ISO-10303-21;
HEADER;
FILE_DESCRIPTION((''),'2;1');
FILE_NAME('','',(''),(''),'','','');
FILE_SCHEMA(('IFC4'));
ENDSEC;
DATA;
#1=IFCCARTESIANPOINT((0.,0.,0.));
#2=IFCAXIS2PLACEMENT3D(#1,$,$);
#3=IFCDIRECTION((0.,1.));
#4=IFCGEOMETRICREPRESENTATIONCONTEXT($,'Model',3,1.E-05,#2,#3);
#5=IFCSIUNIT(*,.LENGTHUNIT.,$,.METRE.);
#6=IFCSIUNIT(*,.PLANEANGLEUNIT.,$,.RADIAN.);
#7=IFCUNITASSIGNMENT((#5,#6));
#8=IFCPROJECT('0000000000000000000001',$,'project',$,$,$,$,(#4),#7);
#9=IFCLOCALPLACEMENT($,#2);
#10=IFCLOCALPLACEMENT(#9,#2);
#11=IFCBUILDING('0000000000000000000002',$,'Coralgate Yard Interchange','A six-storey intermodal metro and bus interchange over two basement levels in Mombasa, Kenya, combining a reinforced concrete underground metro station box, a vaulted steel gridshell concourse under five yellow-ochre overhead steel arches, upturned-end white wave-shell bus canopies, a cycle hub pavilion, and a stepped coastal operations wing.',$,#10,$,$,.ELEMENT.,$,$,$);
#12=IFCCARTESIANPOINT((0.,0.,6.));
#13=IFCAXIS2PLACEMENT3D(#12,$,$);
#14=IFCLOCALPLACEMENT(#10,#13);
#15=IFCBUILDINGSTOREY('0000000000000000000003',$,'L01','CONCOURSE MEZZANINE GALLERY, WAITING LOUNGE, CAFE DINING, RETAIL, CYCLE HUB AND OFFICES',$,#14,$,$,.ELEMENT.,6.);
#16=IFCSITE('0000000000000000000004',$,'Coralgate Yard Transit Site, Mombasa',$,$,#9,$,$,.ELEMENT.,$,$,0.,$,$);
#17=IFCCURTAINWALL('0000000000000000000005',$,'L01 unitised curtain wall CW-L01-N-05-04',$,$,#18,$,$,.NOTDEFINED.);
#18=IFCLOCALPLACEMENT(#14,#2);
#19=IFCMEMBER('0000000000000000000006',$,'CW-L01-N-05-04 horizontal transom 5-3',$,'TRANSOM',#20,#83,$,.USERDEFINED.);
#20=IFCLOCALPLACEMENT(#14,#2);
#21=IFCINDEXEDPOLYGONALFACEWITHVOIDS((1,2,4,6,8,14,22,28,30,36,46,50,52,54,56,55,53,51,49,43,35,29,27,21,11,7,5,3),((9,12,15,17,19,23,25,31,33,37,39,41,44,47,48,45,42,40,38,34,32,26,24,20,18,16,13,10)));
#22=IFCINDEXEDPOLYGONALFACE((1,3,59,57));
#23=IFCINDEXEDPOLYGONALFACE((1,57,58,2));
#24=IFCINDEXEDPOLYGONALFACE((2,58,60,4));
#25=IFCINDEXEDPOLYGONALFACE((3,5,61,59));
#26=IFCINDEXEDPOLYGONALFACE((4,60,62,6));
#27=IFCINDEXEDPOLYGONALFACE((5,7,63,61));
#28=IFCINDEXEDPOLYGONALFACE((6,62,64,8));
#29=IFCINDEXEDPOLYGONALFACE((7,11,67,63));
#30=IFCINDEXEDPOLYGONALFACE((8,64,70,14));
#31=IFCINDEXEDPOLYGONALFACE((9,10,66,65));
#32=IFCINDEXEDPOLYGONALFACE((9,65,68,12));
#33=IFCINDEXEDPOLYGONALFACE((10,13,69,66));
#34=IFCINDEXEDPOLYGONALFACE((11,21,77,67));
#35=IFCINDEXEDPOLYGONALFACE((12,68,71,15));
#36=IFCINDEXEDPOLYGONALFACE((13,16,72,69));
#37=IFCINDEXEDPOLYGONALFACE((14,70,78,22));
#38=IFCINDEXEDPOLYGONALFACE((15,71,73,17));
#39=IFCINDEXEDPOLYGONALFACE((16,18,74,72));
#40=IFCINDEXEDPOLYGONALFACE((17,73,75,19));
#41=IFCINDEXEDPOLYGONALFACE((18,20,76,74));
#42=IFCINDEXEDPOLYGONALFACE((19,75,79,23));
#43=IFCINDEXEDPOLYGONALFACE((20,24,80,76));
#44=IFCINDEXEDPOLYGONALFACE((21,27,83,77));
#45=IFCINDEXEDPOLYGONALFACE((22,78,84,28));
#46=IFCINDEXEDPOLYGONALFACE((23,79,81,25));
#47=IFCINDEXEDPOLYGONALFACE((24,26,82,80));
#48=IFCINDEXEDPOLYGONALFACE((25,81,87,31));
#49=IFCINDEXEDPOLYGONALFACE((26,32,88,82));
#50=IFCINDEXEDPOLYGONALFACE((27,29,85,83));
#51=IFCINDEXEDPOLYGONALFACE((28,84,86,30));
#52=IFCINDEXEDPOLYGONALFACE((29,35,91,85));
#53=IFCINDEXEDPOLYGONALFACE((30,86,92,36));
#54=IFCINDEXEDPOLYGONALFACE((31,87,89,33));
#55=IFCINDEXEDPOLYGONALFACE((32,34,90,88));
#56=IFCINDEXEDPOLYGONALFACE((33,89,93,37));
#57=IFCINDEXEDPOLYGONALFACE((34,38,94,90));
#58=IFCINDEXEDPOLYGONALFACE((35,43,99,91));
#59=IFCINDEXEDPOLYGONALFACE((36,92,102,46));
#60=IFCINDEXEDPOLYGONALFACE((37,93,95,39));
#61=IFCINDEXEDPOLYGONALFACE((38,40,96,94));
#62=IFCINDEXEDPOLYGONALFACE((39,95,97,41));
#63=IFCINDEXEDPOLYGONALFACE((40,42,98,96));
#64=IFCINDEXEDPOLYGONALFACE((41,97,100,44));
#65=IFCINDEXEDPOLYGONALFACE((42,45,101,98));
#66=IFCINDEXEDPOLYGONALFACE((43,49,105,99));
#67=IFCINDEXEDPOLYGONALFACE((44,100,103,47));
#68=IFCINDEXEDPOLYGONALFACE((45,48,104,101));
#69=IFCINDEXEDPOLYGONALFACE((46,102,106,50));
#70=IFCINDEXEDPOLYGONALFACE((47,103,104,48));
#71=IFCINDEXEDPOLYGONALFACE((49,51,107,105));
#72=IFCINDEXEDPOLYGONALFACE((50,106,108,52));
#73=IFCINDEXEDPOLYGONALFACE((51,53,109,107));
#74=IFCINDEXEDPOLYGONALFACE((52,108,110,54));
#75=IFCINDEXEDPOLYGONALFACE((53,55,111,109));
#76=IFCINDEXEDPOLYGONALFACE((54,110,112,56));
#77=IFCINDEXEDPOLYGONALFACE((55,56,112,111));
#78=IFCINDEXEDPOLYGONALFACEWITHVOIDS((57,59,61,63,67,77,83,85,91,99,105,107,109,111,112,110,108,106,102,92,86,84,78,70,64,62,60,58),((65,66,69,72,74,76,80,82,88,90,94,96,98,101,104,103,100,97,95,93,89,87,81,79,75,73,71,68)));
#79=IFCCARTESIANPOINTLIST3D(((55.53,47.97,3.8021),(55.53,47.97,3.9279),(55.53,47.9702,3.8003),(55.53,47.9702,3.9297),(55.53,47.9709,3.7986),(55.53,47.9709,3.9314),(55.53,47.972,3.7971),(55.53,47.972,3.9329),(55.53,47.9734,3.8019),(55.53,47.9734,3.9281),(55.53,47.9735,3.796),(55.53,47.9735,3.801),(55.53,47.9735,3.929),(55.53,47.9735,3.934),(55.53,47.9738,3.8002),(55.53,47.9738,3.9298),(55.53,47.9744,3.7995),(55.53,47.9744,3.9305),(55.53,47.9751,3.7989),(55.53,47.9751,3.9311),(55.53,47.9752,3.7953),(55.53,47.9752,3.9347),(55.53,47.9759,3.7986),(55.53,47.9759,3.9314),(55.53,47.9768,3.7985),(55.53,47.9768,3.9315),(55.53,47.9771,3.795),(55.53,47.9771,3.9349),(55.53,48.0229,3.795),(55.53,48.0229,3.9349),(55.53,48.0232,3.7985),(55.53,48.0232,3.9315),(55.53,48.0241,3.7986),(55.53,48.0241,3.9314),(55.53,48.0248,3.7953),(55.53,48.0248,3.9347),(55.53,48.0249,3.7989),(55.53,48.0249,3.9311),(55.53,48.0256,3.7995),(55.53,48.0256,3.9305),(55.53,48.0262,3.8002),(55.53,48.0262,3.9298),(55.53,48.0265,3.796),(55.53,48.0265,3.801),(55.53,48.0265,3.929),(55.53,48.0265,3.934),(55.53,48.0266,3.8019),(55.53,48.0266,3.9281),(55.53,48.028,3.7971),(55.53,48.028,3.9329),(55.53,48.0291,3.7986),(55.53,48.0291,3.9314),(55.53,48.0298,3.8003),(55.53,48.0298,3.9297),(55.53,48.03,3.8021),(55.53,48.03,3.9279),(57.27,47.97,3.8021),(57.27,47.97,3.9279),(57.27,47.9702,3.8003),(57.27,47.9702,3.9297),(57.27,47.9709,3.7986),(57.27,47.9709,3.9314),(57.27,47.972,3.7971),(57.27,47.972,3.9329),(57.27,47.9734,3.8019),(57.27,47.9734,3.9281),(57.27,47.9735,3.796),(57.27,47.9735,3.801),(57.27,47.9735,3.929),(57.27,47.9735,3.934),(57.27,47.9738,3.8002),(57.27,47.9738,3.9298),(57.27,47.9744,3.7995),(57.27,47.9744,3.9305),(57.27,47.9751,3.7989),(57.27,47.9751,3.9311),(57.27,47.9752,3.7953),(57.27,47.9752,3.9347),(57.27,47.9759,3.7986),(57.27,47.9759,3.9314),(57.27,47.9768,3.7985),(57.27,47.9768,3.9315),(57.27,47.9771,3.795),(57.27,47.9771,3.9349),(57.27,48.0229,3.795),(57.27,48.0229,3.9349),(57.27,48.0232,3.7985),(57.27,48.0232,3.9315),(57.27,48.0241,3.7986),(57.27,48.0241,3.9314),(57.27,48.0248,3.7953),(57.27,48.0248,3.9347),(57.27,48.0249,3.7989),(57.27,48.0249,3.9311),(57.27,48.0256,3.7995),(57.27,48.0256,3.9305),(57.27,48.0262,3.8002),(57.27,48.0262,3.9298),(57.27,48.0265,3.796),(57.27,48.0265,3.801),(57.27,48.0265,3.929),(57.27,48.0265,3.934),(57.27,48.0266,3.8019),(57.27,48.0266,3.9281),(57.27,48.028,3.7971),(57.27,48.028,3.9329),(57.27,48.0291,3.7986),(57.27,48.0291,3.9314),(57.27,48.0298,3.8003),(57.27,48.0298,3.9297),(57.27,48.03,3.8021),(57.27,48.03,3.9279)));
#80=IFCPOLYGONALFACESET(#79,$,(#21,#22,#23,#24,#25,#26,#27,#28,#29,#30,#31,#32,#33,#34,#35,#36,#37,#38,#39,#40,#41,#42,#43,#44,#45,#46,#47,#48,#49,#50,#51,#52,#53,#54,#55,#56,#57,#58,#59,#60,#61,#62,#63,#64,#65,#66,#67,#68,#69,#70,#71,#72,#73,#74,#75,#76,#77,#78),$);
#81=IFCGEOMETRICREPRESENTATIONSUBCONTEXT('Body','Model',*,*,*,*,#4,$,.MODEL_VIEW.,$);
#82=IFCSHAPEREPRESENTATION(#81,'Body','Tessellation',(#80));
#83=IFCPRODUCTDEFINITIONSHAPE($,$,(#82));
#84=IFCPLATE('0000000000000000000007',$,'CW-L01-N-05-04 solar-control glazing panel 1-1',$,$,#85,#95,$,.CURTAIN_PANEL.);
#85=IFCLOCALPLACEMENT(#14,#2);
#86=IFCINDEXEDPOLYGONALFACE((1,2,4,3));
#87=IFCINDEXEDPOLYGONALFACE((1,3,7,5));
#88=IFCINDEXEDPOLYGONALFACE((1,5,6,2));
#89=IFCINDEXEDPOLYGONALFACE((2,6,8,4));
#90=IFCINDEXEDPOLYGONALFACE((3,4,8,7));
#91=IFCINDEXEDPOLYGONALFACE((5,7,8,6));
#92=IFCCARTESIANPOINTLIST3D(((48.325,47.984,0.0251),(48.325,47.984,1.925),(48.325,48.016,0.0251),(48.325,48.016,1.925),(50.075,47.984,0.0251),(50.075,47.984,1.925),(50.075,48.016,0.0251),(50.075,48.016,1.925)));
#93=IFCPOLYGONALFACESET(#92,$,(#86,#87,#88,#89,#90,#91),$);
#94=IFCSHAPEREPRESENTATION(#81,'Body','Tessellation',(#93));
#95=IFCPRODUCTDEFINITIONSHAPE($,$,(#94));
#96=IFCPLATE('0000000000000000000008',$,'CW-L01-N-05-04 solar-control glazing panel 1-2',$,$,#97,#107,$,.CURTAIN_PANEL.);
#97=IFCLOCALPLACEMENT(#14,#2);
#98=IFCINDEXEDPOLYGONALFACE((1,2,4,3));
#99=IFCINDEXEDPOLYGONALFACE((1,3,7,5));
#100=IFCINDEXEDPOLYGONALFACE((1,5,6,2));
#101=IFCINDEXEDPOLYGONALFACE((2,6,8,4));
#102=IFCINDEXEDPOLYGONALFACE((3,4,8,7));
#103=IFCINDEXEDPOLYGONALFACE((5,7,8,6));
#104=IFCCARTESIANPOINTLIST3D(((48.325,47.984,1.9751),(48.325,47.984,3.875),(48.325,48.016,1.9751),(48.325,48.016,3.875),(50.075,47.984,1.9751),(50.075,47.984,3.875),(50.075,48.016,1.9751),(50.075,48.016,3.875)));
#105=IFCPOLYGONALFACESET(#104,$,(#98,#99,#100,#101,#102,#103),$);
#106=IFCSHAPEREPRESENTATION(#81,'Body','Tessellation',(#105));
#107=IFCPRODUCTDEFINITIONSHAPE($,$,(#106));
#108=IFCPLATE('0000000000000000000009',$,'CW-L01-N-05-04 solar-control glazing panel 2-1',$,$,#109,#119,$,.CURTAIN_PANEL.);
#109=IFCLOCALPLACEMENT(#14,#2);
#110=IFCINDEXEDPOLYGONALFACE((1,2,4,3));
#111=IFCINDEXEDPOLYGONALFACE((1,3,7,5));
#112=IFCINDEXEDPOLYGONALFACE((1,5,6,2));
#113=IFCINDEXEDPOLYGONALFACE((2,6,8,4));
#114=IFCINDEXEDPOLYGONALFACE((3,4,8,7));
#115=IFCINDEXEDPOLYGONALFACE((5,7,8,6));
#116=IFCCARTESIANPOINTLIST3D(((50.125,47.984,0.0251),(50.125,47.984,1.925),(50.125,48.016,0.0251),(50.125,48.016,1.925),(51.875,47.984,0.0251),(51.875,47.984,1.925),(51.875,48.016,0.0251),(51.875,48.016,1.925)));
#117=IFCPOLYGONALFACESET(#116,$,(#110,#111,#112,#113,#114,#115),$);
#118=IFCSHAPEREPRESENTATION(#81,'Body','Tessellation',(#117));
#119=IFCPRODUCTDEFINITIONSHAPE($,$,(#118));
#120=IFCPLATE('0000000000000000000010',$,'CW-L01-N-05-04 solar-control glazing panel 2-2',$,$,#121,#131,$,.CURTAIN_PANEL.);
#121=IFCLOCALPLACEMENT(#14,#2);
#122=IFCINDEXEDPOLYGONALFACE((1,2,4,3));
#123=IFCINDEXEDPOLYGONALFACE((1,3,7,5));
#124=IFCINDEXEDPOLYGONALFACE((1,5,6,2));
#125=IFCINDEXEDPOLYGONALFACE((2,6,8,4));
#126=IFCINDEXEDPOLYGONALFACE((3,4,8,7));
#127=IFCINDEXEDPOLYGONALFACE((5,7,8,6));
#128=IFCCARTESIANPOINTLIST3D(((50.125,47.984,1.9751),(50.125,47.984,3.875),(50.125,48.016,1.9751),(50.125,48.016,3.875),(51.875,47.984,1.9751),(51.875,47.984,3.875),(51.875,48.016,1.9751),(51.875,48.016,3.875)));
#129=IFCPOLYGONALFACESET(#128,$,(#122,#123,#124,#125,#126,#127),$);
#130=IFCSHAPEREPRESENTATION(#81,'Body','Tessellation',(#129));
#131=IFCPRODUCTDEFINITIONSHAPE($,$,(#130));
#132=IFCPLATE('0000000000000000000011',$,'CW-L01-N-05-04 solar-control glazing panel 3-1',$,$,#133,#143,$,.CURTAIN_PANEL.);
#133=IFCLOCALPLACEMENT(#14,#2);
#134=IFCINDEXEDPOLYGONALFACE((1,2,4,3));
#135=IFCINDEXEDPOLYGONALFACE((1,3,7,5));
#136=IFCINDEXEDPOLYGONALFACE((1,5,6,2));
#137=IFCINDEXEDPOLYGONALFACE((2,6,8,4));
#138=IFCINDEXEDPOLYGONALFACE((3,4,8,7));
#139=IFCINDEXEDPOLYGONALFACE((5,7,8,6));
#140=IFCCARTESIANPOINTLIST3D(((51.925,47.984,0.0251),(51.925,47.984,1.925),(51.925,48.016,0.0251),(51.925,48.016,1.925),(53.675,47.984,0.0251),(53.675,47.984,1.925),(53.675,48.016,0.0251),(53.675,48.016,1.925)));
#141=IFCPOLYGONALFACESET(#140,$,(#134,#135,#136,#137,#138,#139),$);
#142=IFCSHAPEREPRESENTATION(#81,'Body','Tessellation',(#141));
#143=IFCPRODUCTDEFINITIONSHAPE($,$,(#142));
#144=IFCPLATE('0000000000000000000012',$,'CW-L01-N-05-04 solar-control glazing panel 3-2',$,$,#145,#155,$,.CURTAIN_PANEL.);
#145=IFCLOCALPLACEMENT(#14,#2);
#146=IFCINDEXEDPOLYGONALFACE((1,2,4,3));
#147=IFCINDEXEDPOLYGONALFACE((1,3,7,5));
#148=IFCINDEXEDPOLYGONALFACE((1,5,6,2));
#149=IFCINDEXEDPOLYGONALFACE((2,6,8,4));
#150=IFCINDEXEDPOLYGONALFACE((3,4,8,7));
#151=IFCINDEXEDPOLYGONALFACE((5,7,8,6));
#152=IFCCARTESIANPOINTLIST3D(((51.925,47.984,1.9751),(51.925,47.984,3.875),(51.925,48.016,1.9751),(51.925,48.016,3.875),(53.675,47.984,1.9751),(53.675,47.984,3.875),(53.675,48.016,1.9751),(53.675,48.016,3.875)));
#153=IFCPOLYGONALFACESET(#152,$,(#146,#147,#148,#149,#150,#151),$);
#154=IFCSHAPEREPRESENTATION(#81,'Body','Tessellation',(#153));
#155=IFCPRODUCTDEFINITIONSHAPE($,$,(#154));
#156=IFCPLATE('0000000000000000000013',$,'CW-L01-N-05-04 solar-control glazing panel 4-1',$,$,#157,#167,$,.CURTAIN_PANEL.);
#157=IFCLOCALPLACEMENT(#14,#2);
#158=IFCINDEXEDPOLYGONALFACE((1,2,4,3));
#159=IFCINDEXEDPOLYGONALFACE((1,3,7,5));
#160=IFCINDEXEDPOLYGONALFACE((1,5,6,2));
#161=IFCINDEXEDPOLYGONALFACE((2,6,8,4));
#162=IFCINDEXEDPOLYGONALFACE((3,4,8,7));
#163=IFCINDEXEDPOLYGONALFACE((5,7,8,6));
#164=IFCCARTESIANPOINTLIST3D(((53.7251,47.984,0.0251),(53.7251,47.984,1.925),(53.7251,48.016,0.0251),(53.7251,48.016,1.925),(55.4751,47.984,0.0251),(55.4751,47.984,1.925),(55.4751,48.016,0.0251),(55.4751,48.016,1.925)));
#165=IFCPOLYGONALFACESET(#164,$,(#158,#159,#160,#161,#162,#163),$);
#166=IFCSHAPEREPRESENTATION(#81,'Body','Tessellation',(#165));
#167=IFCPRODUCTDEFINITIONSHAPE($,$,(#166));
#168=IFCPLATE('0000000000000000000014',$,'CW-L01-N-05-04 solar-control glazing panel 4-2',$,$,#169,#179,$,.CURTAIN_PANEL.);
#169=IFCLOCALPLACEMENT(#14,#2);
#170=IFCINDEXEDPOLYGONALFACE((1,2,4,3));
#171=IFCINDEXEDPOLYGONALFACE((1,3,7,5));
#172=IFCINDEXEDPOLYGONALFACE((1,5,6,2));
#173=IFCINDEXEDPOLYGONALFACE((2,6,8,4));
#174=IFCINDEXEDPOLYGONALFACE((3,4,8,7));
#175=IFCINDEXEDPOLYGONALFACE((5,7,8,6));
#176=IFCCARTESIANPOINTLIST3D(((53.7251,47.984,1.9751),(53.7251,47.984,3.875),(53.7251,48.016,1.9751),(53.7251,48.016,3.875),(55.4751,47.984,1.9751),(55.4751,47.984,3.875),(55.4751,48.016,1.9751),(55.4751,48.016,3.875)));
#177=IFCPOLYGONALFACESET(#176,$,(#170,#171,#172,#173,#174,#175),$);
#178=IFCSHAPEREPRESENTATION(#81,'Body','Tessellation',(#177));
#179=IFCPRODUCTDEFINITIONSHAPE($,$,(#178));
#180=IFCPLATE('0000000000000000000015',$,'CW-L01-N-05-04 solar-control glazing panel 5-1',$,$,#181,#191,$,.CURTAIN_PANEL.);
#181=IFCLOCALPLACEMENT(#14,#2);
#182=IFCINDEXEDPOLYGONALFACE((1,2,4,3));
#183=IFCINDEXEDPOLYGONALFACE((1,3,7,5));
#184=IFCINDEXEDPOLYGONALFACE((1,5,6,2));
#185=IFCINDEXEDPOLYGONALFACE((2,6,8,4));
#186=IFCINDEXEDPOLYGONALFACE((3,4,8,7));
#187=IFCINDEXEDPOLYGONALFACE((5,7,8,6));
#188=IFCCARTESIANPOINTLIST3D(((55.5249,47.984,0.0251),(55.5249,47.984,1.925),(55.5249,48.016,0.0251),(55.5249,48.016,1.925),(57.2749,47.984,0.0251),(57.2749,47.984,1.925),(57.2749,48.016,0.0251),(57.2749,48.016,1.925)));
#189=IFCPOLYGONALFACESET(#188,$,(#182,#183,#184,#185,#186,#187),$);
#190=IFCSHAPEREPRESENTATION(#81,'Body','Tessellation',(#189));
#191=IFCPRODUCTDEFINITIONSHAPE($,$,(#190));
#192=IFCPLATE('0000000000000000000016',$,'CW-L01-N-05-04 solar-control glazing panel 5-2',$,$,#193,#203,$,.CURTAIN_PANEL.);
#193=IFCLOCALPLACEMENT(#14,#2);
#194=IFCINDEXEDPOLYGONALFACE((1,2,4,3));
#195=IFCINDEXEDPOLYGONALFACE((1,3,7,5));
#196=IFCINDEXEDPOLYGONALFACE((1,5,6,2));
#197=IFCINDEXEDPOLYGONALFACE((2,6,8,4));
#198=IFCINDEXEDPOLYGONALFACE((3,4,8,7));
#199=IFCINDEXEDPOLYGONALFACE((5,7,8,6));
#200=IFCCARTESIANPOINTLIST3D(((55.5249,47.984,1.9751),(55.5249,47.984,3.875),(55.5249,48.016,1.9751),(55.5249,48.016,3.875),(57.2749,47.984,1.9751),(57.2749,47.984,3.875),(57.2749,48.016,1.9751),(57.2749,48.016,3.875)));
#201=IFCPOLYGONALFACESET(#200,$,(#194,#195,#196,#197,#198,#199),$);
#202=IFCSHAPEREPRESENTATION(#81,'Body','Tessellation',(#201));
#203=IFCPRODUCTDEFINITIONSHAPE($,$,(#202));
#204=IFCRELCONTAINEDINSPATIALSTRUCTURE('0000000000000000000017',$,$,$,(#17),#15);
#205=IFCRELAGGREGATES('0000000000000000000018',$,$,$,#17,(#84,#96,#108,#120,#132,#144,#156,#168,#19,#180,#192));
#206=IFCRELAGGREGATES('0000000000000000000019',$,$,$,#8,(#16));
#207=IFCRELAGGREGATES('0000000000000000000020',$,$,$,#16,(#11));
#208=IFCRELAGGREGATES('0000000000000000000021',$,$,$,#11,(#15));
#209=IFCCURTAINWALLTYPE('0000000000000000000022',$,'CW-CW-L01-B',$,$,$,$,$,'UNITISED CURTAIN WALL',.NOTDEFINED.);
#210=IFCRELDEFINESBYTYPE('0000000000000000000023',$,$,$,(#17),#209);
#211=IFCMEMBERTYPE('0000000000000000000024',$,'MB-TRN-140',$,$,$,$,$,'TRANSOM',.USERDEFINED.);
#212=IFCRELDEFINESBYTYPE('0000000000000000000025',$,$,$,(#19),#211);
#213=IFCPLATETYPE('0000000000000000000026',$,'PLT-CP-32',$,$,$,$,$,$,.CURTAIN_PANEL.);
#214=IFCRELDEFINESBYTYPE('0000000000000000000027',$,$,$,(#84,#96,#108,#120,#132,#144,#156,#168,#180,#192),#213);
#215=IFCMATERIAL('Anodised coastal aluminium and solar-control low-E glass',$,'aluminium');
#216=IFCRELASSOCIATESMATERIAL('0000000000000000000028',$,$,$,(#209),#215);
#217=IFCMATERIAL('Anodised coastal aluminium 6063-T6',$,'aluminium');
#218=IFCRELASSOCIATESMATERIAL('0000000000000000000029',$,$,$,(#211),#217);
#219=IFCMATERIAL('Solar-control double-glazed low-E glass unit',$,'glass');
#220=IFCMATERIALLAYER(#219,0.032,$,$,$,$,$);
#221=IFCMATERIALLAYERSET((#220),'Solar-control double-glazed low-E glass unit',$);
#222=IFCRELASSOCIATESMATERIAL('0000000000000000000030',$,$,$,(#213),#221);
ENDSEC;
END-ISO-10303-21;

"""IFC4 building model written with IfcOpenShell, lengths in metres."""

from ifc_helpers import new_model, si_unit, direction, frame, origin, origin_2d, place, context, subcontext, project, spatial, rectangle, hollow_rectangle, extrude, material, layer, layer_set, material_profile, profile_set, type_object, element, aggregate, save


model = new_model("IFC4")

# Units and contexts
model_context = context("Model", 3, precision=1e-05, world=origin(), true_north=direction((0.0, 1.0)))
body_context = subcontext(model_context, "Body", "Model", "MODEL_VIEW")
ifc_project = project(units=[si_unit("LENGTHUNIT", "METRE"), si_unit("PLANEANGLEUNIT", "RADIAN")], contexts=[model_context])

# Site, building, storey
site_placement = place(None, origin())
site = spatial("IfcSite", under=ifc_project, at=site_placement, Name="Coralgate Yard Transit Site, Mombasa", CompositionType="ELEMENT", RefElevation=0.0)
building_placement = place(site_placement, origin())
building = spatial("IfcBuilding", under=site, at=building_placement, Name="Coralgate Yard Interchange", Description="A six-storey intermodal metro and bus interchange over two basement levels in Mombasa, Kenya, combining a reinforced concrete underground metro station box, a vaulted steel gridshell concourse under five yellow-ochre overhead steel arches, upturned-end white wave-shell bus canopies, a cycle hub pavilion, and a stepped coastal operations wing.", CompositionType="ELEMENT")
storey_placement = place(building_placement, frame((0.0, 0.0, 6.0)))
storey = spatial("IfcBuildingStorey", under=building, at=storey_placement, Name="L01", Description="CONCOURSE MEZZANINE GALLERY, WAITING LOUNGE, CAFE DINING, RETAIL, CYCLE HUB AND OFFICES", CompositionType="ELEMENT", Elevation=6.0)

# Curtain wall, member, plates
ifc_material_1 = material(Name="Anodised coastal aluminium and solar-control low-E glass", Category="aluminium")
curtain_wall_type = type_object("IfcCurtainWallType", Name="CW-CW-L01-B", ElementType="UNITISED CURTAIN WALL", PredefinedType="NOTDEFINED", material=ifc_material_1)
curtain_wall_placement = place(storey_placement, origin())
curtain_wall = element("IfcCurtainWall", 1, at=curtain_wall_placement, inside=storey, type_object=curtain_wall_type, Name="L01 unitised curtain wall CW-L01-N-05-04", PredefinedType="NOTDEFINED")
ifc_material_2 = material(Name="Anodised coastal aluminium 6063-T6", Category="aluminium")
ifc_material_profile_1 = material_profile(ifc_material_2, hollow_rectangle(XDim=0.0601, YDim=0.1399, WallThickness=0.0034, InnerFilletRadius=0.0034, OuterFilletRadius=0.0071, at=origin_2d()), Name="ALU 60x140x3.5")
ifc_profile_set_1 = profile_set([ifc_material_profile_1], Name="Anodised coastal aluminium 6063-T6")
member_type_1 = type_object("IfcMemberType", Name="MB-TRN-140", ElementType="TRANSOM", PredefinedType="USERDEFINED", material=ifc_profile_set_1)
member_1_placement = place(storey_placement, frame((55.53, 48.0, 3.865), z_axis=(1.0, 0.0, 0.0), x_axis=(0.0, 1.0, 0.0)))
member_1 = element("IfcMember", 2, at=member_1_placement, type_object=member_type_1, Name="CW-L01-N-05-04 horizontal transom 5-3", ObjectType="TRANSOM", PredefinedType="USERDEFINED", context=body_context, shape_type="SweptSolid", body=[
    extrude(hollow_rectangle(XDim=0.0601, YDim=0.1399, WallThickness=0.0034, InnerFilletRadius=0.0034, OuterFilletRadius=0.0071, at=origin_2d()), origin(), (0.0, 0.0, 1.0), 1.74),
])
ifc_material_3 = material(Name="Solar-control double-glazed low-E glass unit", Category="glass")
ifc_layer = layer(ifc_material_3, 0.032)
ifc_layer_set = layer_set([ifc_layer], Name="Solar-control double-glazed low-E glass unit")
plate_type = type_object("IfcPlateType", Name="PLT-CP-32", PredefinedType="CURTAIN_PANEL", material=ifc_layer_set)
plate_1_placement = place(storey_placement, frame((49.2, 48.0, 0.0251), z_axis=(0.0, 0.0, 1.0), x_axis=(1.0, 0.0, 0.0)))
plate_1 = element("IfcPlate", 3, at=plate_1_placement, type_object=plate_type, Name="CW-L01-N-05-04 solar-control glazing panel 1-1", PredefinedType="CURTAIN_PANEL", context=body_context, shape_type="SweptSolid", body=[
    extrude(rectangle(XDim=1.75, YDim=0.032, at=origin_2d()), origin(), (0.0, 0.0, 1.0), 1.8999),
])
plate_2_placement = place(storey_placement, frame((49.2, 48.0, 1.9751), z_axis=(0.0, 0.0, 1.0), x_axis=(1.0, 0.0, 0.0)))
plate_2 = element("IfcPlate", 4, at=plate_2_placement, type_object=plate_type, Name="CW-L01-N-05-04 solar-control glazing panel 1-2", PredefinedType="CURTAIN_PANEL", context=body_context, shape_type="SweptSolid", body=[
    extrude(rectangle(XDim=1.75, YDim=0.032, at=origin_2d()), origin(), (0.0, 0.0, 1.0), 1.8999),
])
plate_3_placement = place(storey_placement, frame((51.0, 48.0, 0.0251), z_axis=(0.0, 0.0, 1.0), x_axis=(1.0, 0.0, 0.0)))
plate_3 = element("IfcPlate", 5, at=plate_3_placement, type_object=plate_type, Name="CW-L01-N-05-04 solar-control glazing panel 2-1", PredefinedType="CURTAIN_PANEL", context=body_context, shape_type="SweptSolid", body=[
    extrude(rectangle(XDim=1.75, YDim=0.032, at=origin_2d()), origin(), (0.0, 0.0, 1.0), 1.8999),
])
plate_4_placement = place(storey_placement, frame((51.0, 48.0, 1.9751), z_axis=(0.0, 0.0, 1.0), x_axis=(1.0, 0.0, 0.0)))
plate_4 = element("IfcPlate", 6, at=plate_4_placement, type_object=plate_type, Name="CW-L01-N-05-04 solar-control glazing panel 2-2", PredefinedType="CURTAIN_PANEL", context=body_context, shape_type="SweptSolid", body=[
    extrude(rectangle(XDim=1.75, YDim=0.032, at=origin_2d()), origin(), (0.0, 0.0, 1.0), 1.8999),
])
plate_5_placement = place(storey_placement, frame((52.8, 48.0, 0.0251), z_axis=(0.0, 0.0, 1.0), x_axis=(1.0, 0.0, 0.0)))
plate_5 = element("IfcPlate", 7, at=plate_5_placement, type_object=plate_type, Name="CW-L01-N-05-04 solar-control glazing panel 3-1", PredefinedType="CURTAIN_PANEL", context=body_context, shape_type="SweptSolid", body=[
    extrude(rectangle(XDim=1.75, YDim=0.032, at=origin_2d()), origin(), (0.0, 0.0, 1.0), 1.8999),
])
plate_6_placement = place(storey_placement, frame((52.8, 48.0, 1.9751), z_axis=(0.0, 0.0, 1.0), x_axis=(1.0, 0.0, 0.0)))
plate_6 = element("IfcPlate", 8, at=plate_6_placement, type_object=plate_type, Name="CW-L01-N-05-04 solar-control glazing panel 3-2", PredefinedType="CURTAIN_PANEL", context=body_context, shape_type="SweptSolid", body=[
    extrude(rectangle(XDim=1.75, YDim=0.032, at=origin_2d()), origin(), (0.0, 0.0, 1.0), 1.8999),
])
plate_7_placement = place(storey_placement, frame((54.6001, 48.0, 0.0251), z_axis=(0.0, 0.0, 1.0), x_axis=(1.0, 0.0, 0.0)))
plate_7 = element("IfcPlate", 9, at=plate_7_placement, type_object=plate_type, Name="CW-L01-N-05-04 solar-control glazing panel 4-1", PredefinedType="CURTAIN_PANEL", context=body_context, shape_type="SweptSolid", body=[
    extrude(rectangle(XDim=1.75, YDim=0.032, at=origin_2d()), origin(), (0.0, 0.0, 1.0), 1.8999),
])
plate_8_placement = place(storey_placement, frame((54.6001, 48.0, 1.9751), z_axis=(0.0, 0.0, 1.0), x_axis=(1.0, 0.0, 0.0)))
plate_8 = element("IfcPlate", 10, at=plate_8_placement, type_object=plate_type, Name="CW-L01-N-05-04 solar-control glazing panel 4-2", PredefinedType="CURTAIN_PANEL", context=body_context, shape_type="SweptSolid", body=[
    extrude(rectangle(XDim=1.75, YDim=0.032, at=origin_2d()), origin(), (0.0, 0.0, 1.0), 1.8999),
])
plate_9_placement = place(storey_placement, frame((56.3999, 48.0, 0.0251), z_axis=(0.0, 0.0, 1.0), x_axis=(1.0, 0.0, 0.0)))
plate_9 = element("IfcPlate", 11, at=plate_9_placement, type_object=plate_type, Name="CW-L01-N-05-04 solar-control glazing panel 5-1", PredefinedType="CURTAIN_PANEL", context=body_context, shape_type="SweptSolid", body=[
    extrude(rectangle(XDim=1.75, YDim=0.032, at=origin_2d()), origin(), (0.0, 0.0, 1.0), 1.8999),
])
plate_10_placement = place(storey_placement, frame((56.3999, 48.0, 1.9751), z_axis=(0.0, 0.0, 1.0), x_axis=(1.0, 0.0, 0.0)))
plate_10 = element("IfcPlate", 12, at=plate_10_placement, type_object=plate_type, Name="CW-L01-N-05-04 solar-control glazing panel 5-2", PredefinedType="CURTAIN_PANEL", context=body_context, shape_type="SweptSolid", body=[
    extrude(rectangle(XDim=1.75, YDim=0.032, at=origin_2d()), origin(), (0.0, 0.0, 1.0), 1.8999),
])
aggregate(curtain_wall, [plate_1, plate_2, plate_3, plate_4, plate_5, plate_6, plate_7, plate_8, member_1, plate_9, plate_10])

save(model, "model.ifc")
